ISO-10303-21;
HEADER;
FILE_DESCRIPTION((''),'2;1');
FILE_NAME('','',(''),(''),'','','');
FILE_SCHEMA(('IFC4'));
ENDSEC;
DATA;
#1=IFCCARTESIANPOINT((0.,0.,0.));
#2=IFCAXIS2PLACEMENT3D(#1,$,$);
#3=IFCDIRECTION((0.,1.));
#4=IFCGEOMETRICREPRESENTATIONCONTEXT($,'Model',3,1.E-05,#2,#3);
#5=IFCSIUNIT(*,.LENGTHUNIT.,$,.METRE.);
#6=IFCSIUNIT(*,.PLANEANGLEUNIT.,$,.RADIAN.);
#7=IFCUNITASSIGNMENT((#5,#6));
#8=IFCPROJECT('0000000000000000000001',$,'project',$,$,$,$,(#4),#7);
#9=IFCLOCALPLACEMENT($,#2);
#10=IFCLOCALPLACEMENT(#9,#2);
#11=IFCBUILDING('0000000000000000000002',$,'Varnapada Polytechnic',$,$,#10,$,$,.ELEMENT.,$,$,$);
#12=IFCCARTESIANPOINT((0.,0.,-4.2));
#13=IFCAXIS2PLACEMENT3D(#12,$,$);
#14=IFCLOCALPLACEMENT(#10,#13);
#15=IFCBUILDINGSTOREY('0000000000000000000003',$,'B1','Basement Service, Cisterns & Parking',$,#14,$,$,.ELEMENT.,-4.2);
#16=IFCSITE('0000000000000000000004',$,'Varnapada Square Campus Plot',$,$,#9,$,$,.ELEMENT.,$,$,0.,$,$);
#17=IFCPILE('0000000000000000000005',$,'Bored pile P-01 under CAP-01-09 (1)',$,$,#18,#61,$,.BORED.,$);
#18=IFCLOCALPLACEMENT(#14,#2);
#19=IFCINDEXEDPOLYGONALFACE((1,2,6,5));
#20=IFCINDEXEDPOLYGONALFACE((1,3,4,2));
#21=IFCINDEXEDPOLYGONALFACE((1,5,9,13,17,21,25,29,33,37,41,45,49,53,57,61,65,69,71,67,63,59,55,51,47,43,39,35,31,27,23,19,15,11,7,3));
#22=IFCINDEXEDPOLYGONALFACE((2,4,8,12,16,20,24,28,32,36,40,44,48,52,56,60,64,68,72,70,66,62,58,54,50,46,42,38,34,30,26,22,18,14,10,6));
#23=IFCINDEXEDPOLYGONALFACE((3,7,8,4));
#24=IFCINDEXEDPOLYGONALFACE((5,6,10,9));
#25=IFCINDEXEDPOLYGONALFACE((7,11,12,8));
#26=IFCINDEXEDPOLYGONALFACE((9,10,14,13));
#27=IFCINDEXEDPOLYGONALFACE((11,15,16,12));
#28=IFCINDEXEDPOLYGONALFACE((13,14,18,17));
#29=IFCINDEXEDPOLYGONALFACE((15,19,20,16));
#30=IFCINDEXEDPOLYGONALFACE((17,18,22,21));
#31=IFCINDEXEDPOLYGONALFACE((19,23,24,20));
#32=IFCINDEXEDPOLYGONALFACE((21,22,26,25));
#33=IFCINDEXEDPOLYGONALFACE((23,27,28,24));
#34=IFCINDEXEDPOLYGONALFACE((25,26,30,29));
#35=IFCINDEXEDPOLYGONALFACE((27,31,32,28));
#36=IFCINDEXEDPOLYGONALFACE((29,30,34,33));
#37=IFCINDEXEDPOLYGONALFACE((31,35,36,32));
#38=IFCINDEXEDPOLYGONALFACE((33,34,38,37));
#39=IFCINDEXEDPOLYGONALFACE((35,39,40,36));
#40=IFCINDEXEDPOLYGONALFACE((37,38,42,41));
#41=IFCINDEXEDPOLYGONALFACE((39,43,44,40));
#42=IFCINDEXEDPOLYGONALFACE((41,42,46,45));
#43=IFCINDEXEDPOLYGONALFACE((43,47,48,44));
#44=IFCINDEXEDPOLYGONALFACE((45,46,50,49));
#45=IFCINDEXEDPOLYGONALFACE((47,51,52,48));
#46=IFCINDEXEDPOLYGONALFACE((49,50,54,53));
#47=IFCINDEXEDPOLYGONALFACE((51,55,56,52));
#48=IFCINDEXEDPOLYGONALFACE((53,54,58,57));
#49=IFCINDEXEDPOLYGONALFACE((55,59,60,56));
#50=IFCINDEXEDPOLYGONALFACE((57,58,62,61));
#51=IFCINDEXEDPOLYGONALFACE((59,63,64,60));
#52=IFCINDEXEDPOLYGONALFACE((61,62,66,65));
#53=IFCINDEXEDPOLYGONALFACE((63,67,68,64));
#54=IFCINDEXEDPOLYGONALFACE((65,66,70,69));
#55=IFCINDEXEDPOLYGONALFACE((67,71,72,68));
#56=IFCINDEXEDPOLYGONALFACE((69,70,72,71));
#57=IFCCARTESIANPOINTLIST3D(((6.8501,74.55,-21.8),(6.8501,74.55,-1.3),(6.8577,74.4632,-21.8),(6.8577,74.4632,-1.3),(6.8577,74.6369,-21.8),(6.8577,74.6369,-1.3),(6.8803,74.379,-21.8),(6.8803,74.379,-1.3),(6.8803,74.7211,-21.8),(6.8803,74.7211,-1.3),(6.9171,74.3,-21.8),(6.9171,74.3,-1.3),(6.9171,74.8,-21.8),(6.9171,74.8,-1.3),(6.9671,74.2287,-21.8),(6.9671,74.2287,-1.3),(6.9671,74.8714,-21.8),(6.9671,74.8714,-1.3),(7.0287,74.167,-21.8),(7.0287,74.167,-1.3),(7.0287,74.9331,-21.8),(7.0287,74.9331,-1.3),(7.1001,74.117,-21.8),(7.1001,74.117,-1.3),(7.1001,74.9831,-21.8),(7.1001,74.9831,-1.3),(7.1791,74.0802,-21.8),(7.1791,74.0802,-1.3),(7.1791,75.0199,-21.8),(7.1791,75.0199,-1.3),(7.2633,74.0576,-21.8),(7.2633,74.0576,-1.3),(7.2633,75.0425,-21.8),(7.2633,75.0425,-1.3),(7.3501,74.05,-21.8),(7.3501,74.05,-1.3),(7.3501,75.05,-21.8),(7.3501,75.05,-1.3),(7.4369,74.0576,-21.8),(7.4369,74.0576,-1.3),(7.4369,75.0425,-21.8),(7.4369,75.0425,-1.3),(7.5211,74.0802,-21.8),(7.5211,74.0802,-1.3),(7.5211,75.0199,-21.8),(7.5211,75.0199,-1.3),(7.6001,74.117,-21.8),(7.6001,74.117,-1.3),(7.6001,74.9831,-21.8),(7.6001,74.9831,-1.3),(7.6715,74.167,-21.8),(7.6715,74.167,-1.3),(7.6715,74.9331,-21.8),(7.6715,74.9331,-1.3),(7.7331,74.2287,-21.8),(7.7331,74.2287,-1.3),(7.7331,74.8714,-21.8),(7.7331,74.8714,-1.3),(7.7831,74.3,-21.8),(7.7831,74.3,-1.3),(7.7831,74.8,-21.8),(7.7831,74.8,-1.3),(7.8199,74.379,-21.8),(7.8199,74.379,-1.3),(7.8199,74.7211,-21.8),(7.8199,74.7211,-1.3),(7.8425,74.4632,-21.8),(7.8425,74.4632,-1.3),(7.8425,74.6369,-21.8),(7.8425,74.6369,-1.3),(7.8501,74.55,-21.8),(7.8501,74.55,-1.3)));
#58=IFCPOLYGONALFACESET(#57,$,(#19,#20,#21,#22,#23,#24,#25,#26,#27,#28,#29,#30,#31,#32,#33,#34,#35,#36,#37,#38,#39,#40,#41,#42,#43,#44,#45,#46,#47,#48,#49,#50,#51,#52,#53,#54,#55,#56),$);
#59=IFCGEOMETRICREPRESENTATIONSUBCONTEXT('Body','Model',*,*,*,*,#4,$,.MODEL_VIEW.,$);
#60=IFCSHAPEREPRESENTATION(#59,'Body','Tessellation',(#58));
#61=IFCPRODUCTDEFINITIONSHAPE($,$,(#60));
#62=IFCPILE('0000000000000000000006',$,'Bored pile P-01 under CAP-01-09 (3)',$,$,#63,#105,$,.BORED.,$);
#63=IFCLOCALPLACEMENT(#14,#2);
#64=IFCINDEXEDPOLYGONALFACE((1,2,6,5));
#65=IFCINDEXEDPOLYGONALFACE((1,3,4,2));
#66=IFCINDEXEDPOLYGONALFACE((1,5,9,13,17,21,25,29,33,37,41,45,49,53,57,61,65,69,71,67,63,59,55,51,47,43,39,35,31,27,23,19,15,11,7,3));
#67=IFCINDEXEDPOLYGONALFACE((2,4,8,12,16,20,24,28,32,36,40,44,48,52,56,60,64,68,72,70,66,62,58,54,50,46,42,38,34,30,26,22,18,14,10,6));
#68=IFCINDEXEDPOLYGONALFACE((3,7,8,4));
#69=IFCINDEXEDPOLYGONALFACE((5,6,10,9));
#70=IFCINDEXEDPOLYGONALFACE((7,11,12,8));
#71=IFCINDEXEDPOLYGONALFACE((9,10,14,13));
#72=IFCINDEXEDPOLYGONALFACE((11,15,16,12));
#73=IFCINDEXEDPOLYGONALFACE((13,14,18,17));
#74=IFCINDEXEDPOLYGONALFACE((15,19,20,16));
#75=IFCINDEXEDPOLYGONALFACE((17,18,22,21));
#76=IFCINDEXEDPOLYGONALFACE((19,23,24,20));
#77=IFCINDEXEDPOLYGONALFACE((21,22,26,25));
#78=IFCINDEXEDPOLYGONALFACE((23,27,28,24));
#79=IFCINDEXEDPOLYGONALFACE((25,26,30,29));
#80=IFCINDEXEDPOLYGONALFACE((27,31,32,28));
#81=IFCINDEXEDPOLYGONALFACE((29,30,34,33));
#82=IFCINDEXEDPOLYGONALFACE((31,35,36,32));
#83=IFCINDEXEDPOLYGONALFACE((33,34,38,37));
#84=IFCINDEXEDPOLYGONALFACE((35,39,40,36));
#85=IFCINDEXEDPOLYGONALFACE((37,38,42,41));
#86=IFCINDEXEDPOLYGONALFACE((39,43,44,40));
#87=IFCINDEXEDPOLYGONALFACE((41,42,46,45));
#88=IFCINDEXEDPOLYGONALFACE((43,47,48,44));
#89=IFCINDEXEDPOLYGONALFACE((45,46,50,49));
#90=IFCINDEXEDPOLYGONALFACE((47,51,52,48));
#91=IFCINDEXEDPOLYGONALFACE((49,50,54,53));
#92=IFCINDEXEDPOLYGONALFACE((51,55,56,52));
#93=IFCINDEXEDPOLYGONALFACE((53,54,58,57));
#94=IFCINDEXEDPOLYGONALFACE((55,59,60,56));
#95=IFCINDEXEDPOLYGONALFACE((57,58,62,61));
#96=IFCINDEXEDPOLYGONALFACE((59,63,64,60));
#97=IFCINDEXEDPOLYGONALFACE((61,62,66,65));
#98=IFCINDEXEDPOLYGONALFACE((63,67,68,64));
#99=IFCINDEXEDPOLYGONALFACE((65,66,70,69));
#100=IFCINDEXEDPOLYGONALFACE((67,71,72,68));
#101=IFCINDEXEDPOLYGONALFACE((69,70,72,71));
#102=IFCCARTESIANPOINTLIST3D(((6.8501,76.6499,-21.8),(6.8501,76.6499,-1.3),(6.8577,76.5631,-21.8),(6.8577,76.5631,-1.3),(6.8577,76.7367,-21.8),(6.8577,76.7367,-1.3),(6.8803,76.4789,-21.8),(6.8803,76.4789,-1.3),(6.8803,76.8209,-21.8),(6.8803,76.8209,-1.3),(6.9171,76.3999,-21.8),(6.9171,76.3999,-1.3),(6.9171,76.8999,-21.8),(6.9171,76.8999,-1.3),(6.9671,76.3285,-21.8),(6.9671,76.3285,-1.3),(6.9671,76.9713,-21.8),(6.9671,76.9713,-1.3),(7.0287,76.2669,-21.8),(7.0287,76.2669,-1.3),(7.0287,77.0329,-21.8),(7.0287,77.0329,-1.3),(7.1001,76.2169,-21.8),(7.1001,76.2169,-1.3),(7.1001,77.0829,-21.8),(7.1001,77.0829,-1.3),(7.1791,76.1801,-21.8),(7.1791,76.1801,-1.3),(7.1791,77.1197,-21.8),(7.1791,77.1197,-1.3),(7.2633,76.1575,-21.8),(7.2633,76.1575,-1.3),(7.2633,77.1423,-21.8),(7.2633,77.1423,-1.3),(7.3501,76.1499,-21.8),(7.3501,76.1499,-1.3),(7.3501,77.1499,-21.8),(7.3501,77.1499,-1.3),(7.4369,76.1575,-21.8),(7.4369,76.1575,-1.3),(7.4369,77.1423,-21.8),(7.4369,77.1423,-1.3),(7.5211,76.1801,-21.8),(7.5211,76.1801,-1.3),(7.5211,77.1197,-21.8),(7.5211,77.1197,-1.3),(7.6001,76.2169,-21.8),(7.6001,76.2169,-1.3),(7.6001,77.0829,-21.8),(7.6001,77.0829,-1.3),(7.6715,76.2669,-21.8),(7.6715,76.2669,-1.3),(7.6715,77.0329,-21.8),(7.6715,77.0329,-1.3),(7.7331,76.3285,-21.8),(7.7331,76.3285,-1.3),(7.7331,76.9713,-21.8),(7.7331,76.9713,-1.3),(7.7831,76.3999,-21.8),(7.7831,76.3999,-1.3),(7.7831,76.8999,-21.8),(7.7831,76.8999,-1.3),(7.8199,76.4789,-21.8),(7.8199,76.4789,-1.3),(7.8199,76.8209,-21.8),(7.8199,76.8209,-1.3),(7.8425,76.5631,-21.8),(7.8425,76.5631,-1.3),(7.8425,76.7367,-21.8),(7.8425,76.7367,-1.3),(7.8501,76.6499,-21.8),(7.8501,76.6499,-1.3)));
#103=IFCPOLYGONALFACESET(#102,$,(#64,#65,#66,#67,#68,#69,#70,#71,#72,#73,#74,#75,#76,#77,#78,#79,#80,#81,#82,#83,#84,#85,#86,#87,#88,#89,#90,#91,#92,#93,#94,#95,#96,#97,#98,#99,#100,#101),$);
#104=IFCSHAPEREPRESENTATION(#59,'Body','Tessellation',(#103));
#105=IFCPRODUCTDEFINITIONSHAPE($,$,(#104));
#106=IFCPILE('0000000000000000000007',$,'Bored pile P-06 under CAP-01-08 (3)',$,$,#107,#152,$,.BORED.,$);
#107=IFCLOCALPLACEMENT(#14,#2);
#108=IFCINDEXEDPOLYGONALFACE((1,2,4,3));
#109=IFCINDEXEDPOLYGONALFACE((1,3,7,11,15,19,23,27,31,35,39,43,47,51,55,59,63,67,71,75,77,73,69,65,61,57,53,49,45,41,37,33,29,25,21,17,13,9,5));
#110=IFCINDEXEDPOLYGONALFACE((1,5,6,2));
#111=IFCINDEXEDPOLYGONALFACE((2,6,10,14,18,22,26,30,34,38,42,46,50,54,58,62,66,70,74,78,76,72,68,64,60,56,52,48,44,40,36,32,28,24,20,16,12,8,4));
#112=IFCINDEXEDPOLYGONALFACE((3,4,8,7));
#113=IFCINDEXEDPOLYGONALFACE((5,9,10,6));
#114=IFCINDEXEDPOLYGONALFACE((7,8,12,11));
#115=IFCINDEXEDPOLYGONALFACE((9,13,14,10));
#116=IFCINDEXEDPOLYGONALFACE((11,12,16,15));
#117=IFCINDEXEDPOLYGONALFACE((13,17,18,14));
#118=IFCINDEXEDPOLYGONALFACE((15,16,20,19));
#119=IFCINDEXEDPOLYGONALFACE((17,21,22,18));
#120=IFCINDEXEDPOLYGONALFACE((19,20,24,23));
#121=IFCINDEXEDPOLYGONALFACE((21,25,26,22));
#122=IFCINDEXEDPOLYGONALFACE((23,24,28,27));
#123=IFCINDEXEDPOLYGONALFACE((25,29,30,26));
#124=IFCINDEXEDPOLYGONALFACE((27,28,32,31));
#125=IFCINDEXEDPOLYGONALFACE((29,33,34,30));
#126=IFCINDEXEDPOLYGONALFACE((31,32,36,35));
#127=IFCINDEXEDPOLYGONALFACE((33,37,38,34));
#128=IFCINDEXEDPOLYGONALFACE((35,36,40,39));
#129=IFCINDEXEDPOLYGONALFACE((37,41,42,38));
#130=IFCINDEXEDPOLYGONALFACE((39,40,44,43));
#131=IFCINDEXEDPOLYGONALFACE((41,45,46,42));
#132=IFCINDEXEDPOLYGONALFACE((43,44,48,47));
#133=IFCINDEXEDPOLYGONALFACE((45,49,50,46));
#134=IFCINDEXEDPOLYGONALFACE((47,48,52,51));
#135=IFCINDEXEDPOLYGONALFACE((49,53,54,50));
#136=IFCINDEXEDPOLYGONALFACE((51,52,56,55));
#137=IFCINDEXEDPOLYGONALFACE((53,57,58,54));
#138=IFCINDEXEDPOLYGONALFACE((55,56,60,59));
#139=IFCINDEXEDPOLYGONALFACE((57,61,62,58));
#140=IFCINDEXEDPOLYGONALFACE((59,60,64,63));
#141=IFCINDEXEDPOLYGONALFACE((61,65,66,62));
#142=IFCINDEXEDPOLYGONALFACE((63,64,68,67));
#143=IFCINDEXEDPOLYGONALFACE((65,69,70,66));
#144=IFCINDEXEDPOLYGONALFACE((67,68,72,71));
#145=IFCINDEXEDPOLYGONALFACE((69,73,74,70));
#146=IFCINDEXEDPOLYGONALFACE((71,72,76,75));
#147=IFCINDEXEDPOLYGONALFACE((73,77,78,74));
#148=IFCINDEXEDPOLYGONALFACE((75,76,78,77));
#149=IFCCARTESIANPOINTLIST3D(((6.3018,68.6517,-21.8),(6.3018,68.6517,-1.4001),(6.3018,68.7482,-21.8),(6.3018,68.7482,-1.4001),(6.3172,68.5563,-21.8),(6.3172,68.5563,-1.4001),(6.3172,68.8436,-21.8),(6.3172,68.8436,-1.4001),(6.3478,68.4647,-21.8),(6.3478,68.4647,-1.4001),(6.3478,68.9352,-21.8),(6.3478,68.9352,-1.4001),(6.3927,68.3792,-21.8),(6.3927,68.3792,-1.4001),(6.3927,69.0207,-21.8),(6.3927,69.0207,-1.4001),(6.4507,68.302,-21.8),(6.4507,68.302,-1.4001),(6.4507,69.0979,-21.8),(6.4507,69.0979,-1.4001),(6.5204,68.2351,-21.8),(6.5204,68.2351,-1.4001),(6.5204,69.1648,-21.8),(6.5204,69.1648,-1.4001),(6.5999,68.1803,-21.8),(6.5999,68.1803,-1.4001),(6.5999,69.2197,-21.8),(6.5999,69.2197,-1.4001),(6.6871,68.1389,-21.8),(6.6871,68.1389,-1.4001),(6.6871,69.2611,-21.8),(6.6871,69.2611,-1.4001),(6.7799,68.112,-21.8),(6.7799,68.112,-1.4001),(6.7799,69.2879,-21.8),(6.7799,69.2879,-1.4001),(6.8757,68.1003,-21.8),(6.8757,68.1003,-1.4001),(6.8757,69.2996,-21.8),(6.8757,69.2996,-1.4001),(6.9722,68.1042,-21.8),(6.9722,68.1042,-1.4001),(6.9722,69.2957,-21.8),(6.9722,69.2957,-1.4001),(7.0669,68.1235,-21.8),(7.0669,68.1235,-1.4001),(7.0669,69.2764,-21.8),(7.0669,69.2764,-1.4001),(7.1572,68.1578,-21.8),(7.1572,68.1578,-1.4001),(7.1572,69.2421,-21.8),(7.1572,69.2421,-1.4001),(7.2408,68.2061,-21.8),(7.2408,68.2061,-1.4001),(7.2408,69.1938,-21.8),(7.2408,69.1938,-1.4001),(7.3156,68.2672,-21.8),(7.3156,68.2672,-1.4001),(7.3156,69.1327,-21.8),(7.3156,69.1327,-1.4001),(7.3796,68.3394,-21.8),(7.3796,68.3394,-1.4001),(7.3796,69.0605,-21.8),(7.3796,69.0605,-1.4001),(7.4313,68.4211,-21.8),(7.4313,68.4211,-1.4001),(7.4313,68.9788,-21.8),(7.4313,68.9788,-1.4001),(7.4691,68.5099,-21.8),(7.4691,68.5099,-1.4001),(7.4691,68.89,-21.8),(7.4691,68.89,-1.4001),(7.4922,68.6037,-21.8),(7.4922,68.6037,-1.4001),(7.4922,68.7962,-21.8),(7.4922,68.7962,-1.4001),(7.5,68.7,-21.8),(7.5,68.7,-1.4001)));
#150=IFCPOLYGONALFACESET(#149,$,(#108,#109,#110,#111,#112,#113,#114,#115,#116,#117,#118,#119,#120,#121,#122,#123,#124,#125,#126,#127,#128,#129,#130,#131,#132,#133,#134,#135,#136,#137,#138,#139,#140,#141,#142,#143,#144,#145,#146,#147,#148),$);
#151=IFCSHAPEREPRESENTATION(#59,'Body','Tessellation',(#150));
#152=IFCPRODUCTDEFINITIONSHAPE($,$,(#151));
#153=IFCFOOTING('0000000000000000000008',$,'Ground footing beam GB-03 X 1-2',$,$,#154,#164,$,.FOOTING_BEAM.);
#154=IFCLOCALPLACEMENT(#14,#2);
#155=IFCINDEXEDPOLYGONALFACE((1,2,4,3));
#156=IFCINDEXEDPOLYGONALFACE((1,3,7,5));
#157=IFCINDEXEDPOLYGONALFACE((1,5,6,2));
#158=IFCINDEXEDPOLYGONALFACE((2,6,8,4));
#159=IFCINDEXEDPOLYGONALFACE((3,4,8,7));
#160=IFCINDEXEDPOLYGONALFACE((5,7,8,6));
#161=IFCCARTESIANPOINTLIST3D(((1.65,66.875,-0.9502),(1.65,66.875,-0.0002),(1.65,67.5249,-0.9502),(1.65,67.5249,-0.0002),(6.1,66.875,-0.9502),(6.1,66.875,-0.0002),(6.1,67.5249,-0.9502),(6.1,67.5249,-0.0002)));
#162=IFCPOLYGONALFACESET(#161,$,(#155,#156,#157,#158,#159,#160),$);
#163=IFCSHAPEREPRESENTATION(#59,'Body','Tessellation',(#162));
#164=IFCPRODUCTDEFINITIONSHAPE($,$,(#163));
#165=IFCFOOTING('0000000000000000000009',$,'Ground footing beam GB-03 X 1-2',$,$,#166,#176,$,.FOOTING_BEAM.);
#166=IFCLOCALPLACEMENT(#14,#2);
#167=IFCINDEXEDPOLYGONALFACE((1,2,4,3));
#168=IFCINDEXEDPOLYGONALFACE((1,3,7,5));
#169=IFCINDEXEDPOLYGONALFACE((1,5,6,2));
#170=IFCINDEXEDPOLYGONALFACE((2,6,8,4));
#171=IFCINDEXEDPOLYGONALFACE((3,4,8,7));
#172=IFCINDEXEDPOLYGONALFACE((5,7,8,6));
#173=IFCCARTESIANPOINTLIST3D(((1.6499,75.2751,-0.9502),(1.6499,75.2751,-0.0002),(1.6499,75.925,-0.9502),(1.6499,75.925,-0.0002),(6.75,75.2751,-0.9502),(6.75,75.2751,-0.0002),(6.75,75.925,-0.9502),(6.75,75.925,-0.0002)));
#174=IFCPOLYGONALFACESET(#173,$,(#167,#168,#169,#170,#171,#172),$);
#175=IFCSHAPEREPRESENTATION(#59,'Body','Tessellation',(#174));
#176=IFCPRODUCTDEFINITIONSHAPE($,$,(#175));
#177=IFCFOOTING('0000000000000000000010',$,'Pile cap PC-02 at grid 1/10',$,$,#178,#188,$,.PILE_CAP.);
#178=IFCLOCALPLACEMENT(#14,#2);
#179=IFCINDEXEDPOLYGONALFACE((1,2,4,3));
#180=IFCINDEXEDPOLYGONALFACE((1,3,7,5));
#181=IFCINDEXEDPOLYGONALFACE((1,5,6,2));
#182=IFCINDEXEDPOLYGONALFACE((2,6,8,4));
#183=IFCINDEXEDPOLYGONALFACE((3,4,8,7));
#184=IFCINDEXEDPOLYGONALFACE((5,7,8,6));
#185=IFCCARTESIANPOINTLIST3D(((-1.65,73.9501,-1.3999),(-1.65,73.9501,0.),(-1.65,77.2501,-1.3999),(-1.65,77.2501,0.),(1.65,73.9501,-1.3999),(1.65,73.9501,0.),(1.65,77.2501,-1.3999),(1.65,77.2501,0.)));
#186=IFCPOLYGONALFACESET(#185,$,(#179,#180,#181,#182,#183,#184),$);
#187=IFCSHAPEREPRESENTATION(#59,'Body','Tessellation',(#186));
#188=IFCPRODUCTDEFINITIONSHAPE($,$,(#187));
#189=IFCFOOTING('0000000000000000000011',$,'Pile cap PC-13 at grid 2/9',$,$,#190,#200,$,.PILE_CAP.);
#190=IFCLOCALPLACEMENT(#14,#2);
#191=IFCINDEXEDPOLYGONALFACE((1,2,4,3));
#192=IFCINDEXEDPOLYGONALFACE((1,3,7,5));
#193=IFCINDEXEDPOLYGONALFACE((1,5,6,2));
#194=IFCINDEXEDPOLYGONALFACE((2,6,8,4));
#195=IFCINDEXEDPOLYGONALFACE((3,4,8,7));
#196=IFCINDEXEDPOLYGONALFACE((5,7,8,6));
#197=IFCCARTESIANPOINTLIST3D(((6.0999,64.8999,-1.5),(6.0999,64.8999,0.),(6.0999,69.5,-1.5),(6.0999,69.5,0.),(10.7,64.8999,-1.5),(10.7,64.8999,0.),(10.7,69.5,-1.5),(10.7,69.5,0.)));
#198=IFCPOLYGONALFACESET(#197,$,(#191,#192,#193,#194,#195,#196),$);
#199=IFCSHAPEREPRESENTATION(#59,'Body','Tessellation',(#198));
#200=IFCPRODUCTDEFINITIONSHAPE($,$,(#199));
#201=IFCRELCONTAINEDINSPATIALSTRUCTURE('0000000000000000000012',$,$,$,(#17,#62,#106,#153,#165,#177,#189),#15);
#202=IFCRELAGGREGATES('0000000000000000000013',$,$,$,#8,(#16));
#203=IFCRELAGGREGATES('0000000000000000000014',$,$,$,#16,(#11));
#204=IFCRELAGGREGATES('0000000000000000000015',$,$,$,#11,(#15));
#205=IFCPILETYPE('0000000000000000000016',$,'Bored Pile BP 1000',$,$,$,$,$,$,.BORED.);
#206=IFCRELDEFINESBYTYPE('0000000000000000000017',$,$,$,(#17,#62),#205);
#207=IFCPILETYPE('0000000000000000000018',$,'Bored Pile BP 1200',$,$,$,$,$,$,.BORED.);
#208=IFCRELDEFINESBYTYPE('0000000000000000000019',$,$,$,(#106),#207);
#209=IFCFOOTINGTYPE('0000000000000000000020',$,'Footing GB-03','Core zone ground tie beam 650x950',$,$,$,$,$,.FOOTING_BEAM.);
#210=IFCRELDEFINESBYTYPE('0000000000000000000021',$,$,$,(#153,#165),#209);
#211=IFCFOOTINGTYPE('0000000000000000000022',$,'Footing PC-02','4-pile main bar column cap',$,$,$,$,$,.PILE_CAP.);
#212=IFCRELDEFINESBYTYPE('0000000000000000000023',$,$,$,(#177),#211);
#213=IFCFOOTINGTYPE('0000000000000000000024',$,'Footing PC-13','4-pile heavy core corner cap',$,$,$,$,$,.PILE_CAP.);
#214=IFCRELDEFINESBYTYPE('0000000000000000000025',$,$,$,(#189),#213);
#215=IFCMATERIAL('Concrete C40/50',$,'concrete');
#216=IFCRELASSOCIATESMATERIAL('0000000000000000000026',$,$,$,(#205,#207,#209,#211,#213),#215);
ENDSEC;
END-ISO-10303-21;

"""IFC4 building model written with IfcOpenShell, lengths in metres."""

from ifc_helpers import new_model, si_unit, direction, frame, origin, origin_2d, place, context, subcontext, project, spatial, rectangle, circle, extrude, material, material_profile, profile_set, type_object, element, save


model = new_model("IFC4")

# Units and contexts
model_context = context("Model", 3, precision=1e-05, world=origin(), true_north=direction((0.0, 1.0)))
body_context = subcontext(model_context, "Body", "Model", "MODEL_VIEW")
ifc_project = project(units=[si_unit("LENGTHUNIT", "METRE"), si_unit("PLANEANGLEUNIT", "RADIAN")], contexts=[model_context])

# Site, building, storey
site_placement = place(None, origin())
site = spatial("IfcSite", under=ifc_project, at=site_placement, Name="Varnapada Square Campus Plot", CompositionType="ELEMENT", RefElevation=0.0)
building_placement = place(site_placement, origin())
building = spatial("IfcBuilding", under=site, at=building_placement, Name="Varnapada Polytechnic", CompositionType="ELEMENT")
storey_placement = place(building_placement, frame((0.0, 0.0, -4.2)))
storey = spatial("IfcBuildingStorey", under=building, at=storey_placement, Name="B1", Description="Basement Service, Cisterns & Parking", CompositionType="ELEMENT", Elevation=-4.2)

# Piles
ifc_material_1 = material(Name="Concrete C40/50", Category="concrete")
ifc_material_profile_1 = material_profile(ifc_material_1, circle(Radius=0.5, at=origin_2d()), Name="BP 1000")
ifc_profile_set_1 = profile_set([ifc_material_profile_1], Name="Concrete C40/50")
pile_type_1 = type_object("IfcPileType", Name="Bored Pile BP 1000", PredefinedType="BORED", material=ifc_profile_set_1)
for number, where, z_axis, x_axis, name in (
    (1, (7.3501, 74.55, -1.3), (0.0, 0.0, -1.0), (1.0, 0.0, 0.0), "Bored pile P-01 under CAP-01-09 (1)"),
    (2, (7.3501, 76.6499, -1.3), (0.0, 0.0, -1.0), (1.0, 0.0, 0.0), "Bored pile P-01 under CAP-01-09 (3)"),
):
    element("IfcPile", number, at=place(storey_placement, frame(where, z_axis=z_axis, x_axis=x_axis)), inside=storey, type_object=pile_type_1, Name=name, PredefinedType="BORED", context=body_context, shape_type="SweptSolid", body=[
        extrude(circle(Radius=0.5, at=origin_2d()), origin(), (0.0, 0.0, 1.0), 20.5),
    ])
ifc_material_profile_2 = material_profile(ifc_material_1, circle(Radius=0.6001, at=origin_2d()), Name="BP 1200")
ifc_profile_set_2 = profile_set([ifc_material_profile_2], Name="Concrete C40/50")
pile_type_2 = type_object("IfcPileType", Name="Bored Pile BP 1200", PredefinedType="BORED", material=ifc_profile_set_2)
pile_placement = place(storey_placement, frame((6.8999, 68.7, -1.4001), z_axis=(0.0, 0.0, -1.0), x_axis=(1.0, 0.0, 0.0)))
element("IfcPile", 3, at=pile_placement, inside=storey, type_object=pile_type_2, Name="Bored pile P-06 under CAP-01-08 (3)", PredefinedType="BORED", context=body_context, shape_type="SweptSolid", body=[
    extrude(circle(Radius=0.6001, at=origin_2d()), origin(), (0.0, 0.0, 1.0), 20.3999),
])

# Footings
footing_type_1 = type_object("IfcFootingType", Name="Footing GB-03", Description="Core zone ground tie beam 650x950", PredefinedType="FOOTING_BEAM", material=ifc_material_1)
footing_1_placement = place(storey_placement, frame((3.875, 67.2, -0.9502), z_axis=(0.0, 0.0, 1.0), x_axis=(1.0, 0.0, 0.0)))
element("IfcFooting", 4, at=footing_1_placement, inside=storey, type_object=footing_type_1, Name="Ground footing beam GB-03 X 1-2", PredefinedType="FOOTING_BEAM", context=body_context, shape_type="SweptSolid", body=[
    extrude(rectangle(XDim=4.45, YDim=0.6499, at=origin_2d()), origin(), (0.0, 0.0, 1.0), 0.95),
])
footing_2_placement = place(storey_placement, frame((4.2, 75.6001, -0.9502), z_axis=(0.0, 0.0, 1.0), x_axis=(1.0, 0.0, 0.0)))
element("IfcFooting", 5, at=footing_2_placement, inside=storey, type_object=footing_type_1, Name="Ground footing beam GB-03 X 1-2", PredefinedType="FOOTING_BEAM", context=body_context, shape_type="SweptSolid", body=[
    extrude(rectangle(XDim=5.1001, YDim=0.6499, at=origin_2d()), origin(), (0.0, 0.0, 1.0), 0.95),
])
footing_type_2 = type_object("IfcFootingType", Name="Footing PC-02", Description="4-pile main bar column cap", PredefinedType="PILE_CAP", material=ifc_material_1)
footing_3_placement = place(storey_placement, frame((0.0, 75.6001, -1.3999), z_axis=(0.0, 0.0, 1.0), x_axis=(1.0, 0.0, 0.0)))
element("IfcFooting", 6, at=footing_3_placement, inside=storey, type_object=footing_type_2, Name="Pile cap PC-02 at grid 1/10", PredefinedType="PILE_CAP", context=body_context, shape_type="SweptSolid", body=[
    extrude(rectangle(XDim=3.3, YDim=3.3, at=origin_2d()), origin(), (0.0, 0.0, 1.0), 1.3999),
])
footing_type_3 = type_object("IfcFootingType", Name="Footing PC-13", Description="4-pile heavy core corner cap", PredefinedType="PILE_CAP", material=ifc_material_1)
footing_4_placement = place(storey_placement, frame((8.3999, 67.2, -1.5), z_axis=(0.0, 0.0, 1.0), x_axis=(1.0, 0.0, 0.0)))
element("IfcFooting", 7, at=footing_4_placement, inside=storey, type_object=footing_type_3, Name="Pile cap PC-13 at grid 2/9", PredefinedType="PILE_CAP", context=body_context, shape_type="SweptSolid", body=[
    extrude(rectangle(XDim=4.6001, YDim=4.6001, at=origin_2d()), origin(), (0.0, 0.0, 1.0), 1.5),
])

save(model, "model.ifc")
